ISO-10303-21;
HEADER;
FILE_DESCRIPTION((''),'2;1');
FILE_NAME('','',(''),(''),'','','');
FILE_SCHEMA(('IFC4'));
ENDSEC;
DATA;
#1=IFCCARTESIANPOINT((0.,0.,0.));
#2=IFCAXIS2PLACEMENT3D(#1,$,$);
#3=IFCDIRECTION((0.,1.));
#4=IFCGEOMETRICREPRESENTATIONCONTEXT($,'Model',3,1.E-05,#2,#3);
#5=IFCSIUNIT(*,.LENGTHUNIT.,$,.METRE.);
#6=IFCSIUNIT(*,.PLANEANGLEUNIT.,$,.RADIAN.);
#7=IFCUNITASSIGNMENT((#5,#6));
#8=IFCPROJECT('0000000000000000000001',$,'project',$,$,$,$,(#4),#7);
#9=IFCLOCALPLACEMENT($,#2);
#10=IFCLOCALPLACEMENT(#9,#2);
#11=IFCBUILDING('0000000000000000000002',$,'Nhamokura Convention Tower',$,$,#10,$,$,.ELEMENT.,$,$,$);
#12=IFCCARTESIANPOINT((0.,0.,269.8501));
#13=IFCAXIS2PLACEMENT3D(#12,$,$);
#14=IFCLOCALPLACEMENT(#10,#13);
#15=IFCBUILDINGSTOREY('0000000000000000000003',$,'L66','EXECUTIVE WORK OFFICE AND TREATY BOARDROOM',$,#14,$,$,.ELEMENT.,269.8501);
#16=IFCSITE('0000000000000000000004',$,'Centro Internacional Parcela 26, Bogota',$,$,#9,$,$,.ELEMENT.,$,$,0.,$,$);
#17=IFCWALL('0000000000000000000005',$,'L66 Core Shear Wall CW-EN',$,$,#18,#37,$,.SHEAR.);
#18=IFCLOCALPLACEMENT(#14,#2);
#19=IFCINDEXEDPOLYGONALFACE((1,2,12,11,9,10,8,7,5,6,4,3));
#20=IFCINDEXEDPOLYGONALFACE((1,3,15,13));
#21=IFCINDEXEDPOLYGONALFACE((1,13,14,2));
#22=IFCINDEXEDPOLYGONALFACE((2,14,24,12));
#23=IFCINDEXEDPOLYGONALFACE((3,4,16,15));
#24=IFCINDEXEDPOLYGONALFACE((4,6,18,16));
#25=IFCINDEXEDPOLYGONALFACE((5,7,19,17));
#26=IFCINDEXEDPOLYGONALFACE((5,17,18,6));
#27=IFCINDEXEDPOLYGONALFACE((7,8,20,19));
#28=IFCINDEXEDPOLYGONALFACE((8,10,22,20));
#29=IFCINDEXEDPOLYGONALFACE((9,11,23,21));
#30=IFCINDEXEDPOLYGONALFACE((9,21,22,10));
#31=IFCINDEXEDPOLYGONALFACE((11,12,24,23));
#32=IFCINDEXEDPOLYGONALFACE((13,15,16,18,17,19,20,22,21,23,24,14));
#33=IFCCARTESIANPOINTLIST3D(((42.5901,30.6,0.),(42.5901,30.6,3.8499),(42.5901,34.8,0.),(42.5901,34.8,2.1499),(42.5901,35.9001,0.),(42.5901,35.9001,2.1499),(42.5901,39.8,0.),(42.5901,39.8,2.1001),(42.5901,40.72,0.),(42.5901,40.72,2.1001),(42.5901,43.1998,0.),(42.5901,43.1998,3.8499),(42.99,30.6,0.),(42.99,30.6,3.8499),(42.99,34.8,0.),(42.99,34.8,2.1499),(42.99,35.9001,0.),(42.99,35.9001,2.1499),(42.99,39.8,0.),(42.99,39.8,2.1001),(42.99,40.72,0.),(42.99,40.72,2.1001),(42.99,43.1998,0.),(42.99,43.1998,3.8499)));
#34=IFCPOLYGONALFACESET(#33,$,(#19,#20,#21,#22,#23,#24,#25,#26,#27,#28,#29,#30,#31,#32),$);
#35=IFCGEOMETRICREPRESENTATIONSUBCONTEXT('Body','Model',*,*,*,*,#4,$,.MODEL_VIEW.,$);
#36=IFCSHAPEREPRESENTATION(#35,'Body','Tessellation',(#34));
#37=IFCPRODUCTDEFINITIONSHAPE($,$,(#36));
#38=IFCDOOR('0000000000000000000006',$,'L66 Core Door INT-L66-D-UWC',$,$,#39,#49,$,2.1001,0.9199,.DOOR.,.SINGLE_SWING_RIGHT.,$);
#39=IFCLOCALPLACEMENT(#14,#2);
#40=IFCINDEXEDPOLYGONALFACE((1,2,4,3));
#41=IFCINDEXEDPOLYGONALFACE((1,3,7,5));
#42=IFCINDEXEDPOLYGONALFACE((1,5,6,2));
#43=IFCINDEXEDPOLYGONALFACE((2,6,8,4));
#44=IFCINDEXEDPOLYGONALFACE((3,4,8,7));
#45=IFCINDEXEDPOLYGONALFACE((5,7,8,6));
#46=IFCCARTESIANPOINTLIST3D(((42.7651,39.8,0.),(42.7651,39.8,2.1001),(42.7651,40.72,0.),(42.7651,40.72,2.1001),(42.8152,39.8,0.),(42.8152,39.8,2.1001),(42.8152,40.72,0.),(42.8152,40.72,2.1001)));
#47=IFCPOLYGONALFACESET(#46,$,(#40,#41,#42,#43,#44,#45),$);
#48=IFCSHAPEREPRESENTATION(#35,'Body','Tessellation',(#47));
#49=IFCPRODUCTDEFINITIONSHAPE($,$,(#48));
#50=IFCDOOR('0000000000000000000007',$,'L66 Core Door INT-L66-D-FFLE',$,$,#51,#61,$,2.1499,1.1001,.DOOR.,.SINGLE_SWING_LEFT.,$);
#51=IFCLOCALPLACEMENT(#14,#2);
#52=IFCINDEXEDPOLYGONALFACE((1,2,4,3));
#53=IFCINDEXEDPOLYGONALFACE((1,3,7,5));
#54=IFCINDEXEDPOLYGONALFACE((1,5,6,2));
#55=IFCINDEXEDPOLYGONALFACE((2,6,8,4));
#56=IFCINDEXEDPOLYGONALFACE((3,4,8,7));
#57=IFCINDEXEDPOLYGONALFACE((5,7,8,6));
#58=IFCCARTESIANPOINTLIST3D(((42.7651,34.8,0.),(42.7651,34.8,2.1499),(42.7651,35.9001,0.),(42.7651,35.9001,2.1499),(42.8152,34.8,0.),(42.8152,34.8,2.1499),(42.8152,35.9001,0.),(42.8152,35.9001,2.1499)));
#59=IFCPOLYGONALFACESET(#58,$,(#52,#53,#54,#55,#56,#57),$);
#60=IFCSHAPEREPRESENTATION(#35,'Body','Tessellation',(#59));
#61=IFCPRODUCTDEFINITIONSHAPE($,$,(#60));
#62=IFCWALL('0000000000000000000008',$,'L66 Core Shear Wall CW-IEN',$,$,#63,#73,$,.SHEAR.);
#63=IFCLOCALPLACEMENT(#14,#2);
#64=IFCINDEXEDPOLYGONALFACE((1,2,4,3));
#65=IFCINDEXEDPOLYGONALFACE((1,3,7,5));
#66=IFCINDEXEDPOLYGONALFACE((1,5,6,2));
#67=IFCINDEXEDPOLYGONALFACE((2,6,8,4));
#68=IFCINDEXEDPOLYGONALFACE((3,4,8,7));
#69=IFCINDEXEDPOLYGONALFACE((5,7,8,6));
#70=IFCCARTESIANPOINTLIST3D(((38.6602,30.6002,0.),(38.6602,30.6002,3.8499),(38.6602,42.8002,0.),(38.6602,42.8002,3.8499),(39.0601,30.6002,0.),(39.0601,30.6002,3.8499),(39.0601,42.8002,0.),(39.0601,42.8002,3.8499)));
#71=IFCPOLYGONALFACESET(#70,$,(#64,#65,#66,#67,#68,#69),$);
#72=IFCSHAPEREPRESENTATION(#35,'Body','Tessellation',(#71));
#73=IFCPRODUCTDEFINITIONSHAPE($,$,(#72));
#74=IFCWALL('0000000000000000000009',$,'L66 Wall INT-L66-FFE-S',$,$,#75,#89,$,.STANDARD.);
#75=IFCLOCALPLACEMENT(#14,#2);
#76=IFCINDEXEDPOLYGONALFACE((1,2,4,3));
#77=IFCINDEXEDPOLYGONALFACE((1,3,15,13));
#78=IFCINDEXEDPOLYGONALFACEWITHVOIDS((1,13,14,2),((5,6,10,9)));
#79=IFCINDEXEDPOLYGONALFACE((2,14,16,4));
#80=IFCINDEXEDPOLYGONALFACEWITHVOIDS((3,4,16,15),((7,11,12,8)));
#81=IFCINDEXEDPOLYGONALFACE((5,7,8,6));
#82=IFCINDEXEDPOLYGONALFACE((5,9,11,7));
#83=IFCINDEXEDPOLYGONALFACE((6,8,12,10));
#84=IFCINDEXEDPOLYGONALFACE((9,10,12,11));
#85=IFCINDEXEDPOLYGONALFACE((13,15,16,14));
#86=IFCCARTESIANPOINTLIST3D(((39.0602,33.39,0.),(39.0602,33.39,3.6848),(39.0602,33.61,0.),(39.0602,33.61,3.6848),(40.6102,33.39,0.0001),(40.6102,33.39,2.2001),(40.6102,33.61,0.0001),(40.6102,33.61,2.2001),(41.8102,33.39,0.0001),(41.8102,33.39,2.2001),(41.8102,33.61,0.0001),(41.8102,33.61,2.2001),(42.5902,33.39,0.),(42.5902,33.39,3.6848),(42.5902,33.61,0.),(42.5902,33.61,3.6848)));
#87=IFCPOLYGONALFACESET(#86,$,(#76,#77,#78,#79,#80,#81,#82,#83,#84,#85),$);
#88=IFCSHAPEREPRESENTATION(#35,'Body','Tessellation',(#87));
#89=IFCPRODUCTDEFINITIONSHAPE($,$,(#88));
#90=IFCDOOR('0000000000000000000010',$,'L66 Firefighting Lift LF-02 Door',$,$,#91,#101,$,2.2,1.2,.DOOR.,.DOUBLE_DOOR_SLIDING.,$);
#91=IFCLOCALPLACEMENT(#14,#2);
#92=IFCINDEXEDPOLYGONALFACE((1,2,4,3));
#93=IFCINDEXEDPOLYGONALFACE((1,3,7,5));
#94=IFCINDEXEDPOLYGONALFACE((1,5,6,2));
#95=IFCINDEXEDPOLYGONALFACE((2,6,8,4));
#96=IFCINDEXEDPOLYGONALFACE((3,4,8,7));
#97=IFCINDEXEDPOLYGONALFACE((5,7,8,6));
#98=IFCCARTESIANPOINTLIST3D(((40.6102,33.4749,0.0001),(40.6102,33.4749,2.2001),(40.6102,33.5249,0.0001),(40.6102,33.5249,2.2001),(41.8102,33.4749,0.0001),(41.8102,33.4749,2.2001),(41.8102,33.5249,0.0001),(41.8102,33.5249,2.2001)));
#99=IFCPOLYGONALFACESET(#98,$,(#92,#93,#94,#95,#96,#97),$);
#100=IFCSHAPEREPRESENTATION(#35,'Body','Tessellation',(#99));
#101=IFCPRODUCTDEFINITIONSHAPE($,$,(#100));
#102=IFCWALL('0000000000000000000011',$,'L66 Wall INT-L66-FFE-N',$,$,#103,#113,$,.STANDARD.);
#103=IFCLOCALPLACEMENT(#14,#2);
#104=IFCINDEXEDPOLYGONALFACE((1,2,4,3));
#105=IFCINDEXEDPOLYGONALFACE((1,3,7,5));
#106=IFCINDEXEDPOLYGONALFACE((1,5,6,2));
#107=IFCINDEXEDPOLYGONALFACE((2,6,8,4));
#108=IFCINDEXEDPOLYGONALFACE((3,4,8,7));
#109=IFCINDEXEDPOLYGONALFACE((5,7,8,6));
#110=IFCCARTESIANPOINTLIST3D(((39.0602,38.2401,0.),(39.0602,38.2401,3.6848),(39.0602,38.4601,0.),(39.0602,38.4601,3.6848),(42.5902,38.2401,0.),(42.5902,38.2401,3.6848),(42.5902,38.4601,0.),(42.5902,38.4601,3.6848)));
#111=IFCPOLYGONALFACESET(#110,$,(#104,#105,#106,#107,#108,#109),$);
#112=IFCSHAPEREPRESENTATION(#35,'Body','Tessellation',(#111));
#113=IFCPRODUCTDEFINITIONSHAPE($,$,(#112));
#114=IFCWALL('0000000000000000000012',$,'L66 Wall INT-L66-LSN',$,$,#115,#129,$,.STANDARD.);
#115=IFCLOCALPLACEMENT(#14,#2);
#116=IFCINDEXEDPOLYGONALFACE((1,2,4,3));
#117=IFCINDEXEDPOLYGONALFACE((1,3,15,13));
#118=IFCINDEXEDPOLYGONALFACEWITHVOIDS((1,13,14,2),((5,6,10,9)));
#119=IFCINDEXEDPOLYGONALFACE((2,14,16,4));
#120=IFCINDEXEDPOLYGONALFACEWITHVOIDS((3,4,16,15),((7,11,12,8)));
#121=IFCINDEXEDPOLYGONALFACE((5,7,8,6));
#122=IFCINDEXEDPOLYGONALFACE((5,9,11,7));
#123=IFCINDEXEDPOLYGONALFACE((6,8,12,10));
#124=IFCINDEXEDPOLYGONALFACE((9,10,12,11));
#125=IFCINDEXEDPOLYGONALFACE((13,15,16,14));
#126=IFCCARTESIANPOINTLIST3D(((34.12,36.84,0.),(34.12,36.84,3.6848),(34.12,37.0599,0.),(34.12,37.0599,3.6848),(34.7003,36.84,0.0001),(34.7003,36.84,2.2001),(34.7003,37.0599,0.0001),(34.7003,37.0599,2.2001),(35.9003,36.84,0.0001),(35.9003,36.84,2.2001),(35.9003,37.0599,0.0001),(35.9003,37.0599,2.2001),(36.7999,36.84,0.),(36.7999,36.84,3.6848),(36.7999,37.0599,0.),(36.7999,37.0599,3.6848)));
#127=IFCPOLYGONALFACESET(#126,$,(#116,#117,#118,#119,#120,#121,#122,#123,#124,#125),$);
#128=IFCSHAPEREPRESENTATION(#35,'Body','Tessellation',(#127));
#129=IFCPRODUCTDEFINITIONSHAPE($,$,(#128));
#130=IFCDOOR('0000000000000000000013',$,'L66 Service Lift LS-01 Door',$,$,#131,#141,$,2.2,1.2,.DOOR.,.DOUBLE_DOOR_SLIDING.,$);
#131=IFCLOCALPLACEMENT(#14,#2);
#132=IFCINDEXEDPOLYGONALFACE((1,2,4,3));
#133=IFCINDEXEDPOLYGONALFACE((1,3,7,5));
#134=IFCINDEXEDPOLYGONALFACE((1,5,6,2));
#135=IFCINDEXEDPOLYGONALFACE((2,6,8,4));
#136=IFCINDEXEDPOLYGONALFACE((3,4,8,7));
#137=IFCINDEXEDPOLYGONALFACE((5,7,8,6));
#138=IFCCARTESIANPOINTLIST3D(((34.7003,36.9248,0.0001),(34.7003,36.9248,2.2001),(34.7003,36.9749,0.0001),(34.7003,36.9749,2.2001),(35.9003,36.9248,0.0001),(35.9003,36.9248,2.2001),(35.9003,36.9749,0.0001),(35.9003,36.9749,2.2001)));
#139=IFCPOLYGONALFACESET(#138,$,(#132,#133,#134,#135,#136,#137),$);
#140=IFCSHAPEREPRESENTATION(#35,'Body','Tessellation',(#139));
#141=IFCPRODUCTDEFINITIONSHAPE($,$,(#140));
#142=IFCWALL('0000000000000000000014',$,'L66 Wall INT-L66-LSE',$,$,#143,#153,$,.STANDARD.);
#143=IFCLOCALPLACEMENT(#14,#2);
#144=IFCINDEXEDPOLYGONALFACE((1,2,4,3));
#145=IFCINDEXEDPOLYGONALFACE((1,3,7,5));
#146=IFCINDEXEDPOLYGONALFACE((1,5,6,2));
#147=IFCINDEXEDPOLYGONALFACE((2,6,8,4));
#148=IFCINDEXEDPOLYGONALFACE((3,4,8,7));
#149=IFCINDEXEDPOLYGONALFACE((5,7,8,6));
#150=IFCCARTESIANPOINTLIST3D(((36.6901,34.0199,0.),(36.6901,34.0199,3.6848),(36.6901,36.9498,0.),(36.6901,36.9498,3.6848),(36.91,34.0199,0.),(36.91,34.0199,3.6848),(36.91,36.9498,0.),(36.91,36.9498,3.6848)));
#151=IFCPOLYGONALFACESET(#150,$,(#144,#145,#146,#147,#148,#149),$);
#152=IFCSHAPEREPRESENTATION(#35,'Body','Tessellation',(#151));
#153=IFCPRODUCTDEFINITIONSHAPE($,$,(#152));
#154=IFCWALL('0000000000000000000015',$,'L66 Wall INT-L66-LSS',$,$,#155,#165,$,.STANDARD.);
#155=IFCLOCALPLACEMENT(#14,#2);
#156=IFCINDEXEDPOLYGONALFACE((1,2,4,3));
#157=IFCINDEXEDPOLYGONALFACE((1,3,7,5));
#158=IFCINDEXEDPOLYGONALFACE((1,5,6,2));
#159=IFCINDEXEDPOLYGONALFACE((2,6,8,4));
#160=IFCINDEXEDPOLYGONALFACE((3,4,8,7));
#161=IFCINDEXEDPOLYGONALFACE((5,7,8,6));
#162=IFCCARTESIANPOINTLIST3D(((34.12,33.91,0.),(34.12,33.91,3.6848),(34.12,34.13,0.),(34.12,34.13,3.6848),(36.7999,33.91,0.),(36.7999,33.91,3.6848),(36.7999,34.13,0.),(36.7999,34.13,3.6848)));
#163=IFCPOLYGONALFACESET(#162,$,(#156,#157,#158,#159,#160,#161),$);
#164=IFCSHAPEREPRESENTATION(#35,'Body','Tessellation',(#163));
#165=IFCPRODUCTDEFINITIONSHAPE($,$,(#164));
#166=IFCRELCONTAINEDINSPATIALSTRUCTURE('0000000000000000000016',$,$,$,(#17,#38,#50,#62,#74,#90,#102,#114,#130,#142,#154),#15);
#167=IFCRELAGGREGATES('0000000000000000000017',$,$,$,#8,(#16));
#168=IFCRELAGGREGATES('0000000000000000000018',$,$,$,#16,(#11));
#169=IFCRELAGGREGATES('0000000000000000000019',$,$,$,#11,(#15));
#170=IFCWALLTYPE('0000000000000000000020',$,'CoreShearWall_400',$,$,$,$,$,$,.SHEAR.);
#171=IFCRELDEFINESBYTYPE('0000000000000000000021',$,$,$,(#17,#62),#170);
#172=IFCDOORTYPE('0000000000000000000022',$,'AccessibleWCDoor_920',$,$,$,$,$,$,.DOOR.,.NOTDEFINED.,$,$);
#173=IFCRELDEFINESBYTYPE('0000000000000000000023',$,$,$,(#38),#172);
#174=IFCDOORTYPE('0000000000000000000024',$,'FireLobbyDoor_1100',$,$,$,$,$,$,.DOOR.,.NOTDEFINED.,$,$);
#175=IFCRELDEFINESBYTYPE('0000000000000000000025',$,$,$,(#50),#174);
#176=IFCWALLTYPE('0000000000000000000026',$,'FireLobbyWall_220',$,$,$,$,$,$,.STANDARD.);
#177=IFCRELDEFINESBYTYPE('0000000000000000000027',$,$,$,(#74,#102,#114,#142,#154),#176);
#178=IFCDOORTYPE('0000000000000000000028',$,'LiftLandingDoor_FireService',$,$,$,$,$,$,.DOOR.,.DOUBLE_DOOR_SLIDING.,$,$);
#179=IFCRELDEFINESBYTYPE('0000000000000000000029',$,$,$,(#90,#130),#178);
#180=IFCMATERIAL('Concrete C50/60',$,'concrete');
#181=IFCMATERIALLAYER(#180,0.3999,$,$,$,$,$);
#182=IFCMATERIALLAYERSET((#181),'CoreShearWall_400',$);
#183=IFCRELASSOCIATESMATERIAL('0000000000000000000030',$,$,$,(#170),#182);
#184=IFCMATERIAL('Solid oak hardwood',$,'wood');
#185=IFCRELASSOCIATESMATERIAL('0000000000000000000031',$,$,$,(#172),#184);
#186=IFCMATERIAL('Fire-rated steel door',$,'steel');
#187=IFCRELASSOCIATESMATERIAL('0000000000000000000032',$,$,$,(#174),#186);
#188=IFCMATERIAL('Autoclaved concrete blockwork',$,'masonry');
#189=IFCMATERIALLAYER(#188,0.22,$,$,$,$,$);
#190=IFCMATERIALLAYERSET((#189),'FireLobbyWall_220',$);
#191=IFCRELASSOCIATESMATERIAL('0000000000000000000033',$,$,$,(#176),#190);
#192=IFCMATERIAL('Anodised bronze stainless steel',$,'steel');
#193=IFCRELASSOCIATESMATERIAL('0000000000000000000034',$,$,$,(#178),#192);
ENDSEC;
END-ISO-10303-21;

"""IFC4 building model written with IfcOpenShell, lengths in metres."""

from ifc_helpers import new_model, si_unit, direction, frame, frame_2d, origin, place, context, subcontext, project, spatial, rectangle, extrude, material, layer, layer_set, type_object, element, fill, save


model = new_model("IFC4")

# Units and contexts
model_context = context("Model", 3, precision=1e-05, world=origin(), true_north=direction((0.0, 1.0)))
body_context = subcontext(model_context, "Body", "Model", "MODEL_VIEW")
ifc_project = project(units=[si_unit("LENGTHUNIT", "METRE"), si_unit("PLANEANGLEUNIT", "RADIAN")], contexts=[model_context])

# Site, building, storey
site_placement = place(None, origin())
site = spatial("IfcSite", under=ifc_project, at=site_placement, Name="Centro Internacional Parcela 26, Bogota", CompositionType="ELEMENT", RefElevation=0.0)
building_placement = place(site_placement, origin())
building = spatial("IfcBuilding", under=site, at=building_placement, Name="Nhamokura Convention Tower", CompositionType="ELEMENT")
storey_placement = place(building_placement, frame((0.0, 0.0, 269.8501)))
storey = spatial("IfcBuildingStorey", under=building, at=storey_placement, Name="L66", Description="EXECUTIVE WORK OFFICE AND TREATY BOARDROOM", CompositionType="ELEMENT", Elevation=269.8501)

# Wall, openings, doors
ifc_material_1 = material(Name="Concrete C50/60", Category="concrete")
ifc_layer_1 = layer(ifc_material_1, 0.3999)
ifc_layer_set_1 = layer_set([ifc_layer_1], Name="CoreShearWall_400")
wall_type_1 = type_object("IfcWallType", Name="CoreShearWall_400", PredefinedType="SHEAR", material=ifc_layer_set_1)
wall_1_placement = place(storey_placement, frame((42.79, 30.6001, 0.0), z_axis=(0.0, 0.0, 1.0), x_axis=(0.0, 1.0, 0.0)))
wall_1 = element("IfcWall", 1, at=wall_1_placement, inside=storey, type_object=wall_type_1, Name="L66 Core Shear Wall CW-EN", PredefinedType="SHEAR", context=body_context, shape_type="SweptSolid", body=[
    extrude(rectangle(XDim=12.5999, YDim=0.3999, at=frame_2d((6.2998, 0.0))), origin(), (0.0, 0.0, 1.0), 3.8499),
])
opening_1_placement = place(wall_1_placement, frame((4.2, 0.0, 0.0)))
opening_1 = element("IfcOpeningElement", 2, at=opening_1_placement, cuts=wall_1, PredefinedType="OPENING", context=body_context, shape_type="SweptSolid", body=[
    extrude(rectangle(XDim=1.1001, YDim=2.1499, at=frame_2d((0.55, 1.075))), frame((0.0, 0.21, 0.0), z_axis=(0.0, -1.0, 0.0), x_axis=(1.0, 0.0, 0.0)), (0.0, 0.0, 1.0), 0.4199),
])
opening_2_placement = place(wall_1_placement, frame((9.2, 0.0, 0.0)))
opening_2 = element("IfcOpeningElement", 3, at=opening_2_placement, cuts=wall_1, PredefinedType="OPENING", context=body_context, shape_type="SweptSolid", body=[
    extrude(rectangle(XDim=0.9199, YDim=2.1001, at=frame_2d((0.46, 1.05))), frame((0.0, 0.21, 0.0), z_axis=(0.0, -1.0, 0.0), x_axis=(1.0, 0.0, 0.0)), (0.0, 0.0, 1.0), 0.4199),
])
ifc_material_2 = material(Name="Solid oak hardwood", Category="wood")
door_type_1 = type_object("IfcDoorType", Name="AccessibleWCDoor_920", OperationType="NOTDEFINED", PredefinedType="DOOR", material=ifc_material_2)
door_1_placement = place(opening_2_placement, origin())
door_1 = element("IfcDoor", 4, at=door_1_placement, inside=storey, type_object=door_type_1, Name="L66 Core Door INT-L66-D-UWC", OperationType="SINGLE_SWING_RIGHT", OverallHeight=2.1001, OverallWidth=0.9199, PredefinedType="DOOR", context=body_context, shape_type="SweptSolid", body=[
    extrude(rectangle(XDim=0.9199, YDim=2.1001, at=frame_2d((0.46, 1.05))), frame((0.0, 0.0249, 0.0), z_axis=(0.0, -1.0, 0.0), x_axis=(1.0, 0.0, 0.0)), (0.0, 0.0, 1.0), 0.05),
])
fill(opening_2, door_1)
ifc_material_3 = material(Name="Fire-rated steel door", Category="steel")
door_type_2 = type_object("IfcDoorType", Name="FireLobbyDoor_1100", OperationType="NOTDEFINED", PredefinedType="DOOR", material=ifc_material_3)
door_2_placement = place(opening_1_placement, origin())
door_2 = element("IfcDoor", 5, at=door_2_placement, inside=storey, type_object=door_type_2, Name="L66 Core Door INT-L66-D-FFLE", OperationType="SINGLE_SWING_LEFT", OverallHeight=2.1499, OverallWidth=1.1001, PredefinedType="DOOR", context=body_context, shape_type="SweptSolid", body=[
    extrude(rectangle(XDim=1.1001, YDim=2.1499, at=frame_2d((0.55, 1.075))), frame((0.0, 0.0249, 0.0), z_axis=(0.0, -1.0, 0.0), x_axis=(1.0, 0.0, 0.0)), (0.0, 0.0, 1.0), 0.05),
])
fill(opening_1, door_2)

# Wall
wall_2_placement = place(storey_placement, frame((38.8601, 30.6001, 0.0), z_axis=(0.0, 0.0, 1.0), x_axis=(0.0, 1.0, 0.0)))
element("IfcWall", 6, at=wall_2_placement, inside=storey, type_object=wall_type_1, Name="L66 Core Shear Wall CW-IEN", PredefinedType="SHEAR", context=body_context, shape_type="SweptSolid", body=[
    extrude(rectangle(XDim=12.2, YDim=0.3999, at=frame_2d((6.1001, 0.0))), origin(), (0.0, 0.0, 1.0), 3.8499),
])

# Wall, opening, door
ifc_material_4 = material(Name="Autoclaved concrete blockwork", Category="masonry")
ifc_layer_2 = layer(ifc_material_4, 0.22)
ifc_layer_set_2 = layer_set([ifc_layer_2], Name="FireLobbyWall_220")
wall_type_2 = type_object("IfcWallType", Name="FireLobbyWall_220", PredefinedType="STANDARD", material=ifc_layer_set_2)
wall_3_placement = place(storey_placement, frame((39.0601, 33.5, 0.0), z_axis=(0.0, 0.0, 1.0), x_axis=(1.0, 0.0, 0.0)))
wall_3 = element("IfcWall", 7, at=wall_3_placement, inside=storey, type_object=wall_type_2, Name="L66 Wall INT-L66-FFE-S", PredefinedType="STANDARD", context=body_context, shape_type="SweptSolid", body=[
    extrude(rectangle(XDim=3.53, YDim=0.22, at=frame_2d((1.7651, 0.0))), origin(), (0.0, 0.0, 1.0), 3.6848),
])
opening_3_placement = place(wall_3_placement, frame((1.55, 0.0, 0.0)))
opening_3 = element("IfcOpeningElement", 8, at=opening_3_placement, cuts=wall_3, PredefinedType="OPENING", context=body_context, shape_type="SweptSolid", body=[
    extrude(rectangle(XDim=1.2, YDim=2.2, at=frame_2d((0.6001, 1.1001))), frame((0.0, 0.1199, 0.0), z_axis=(0.0, -1.0, 0.0), x_axis=(1.0, 0.0, 0.0)), (0.0, 0.0, 1.0), 0.24),
])
ifc_material_5 = material(Name="Anodised bronze stainless steel", Category="steel")
door_type_3 = type_object("IfcDoorType", Name="LiftLandingDoor_FireService", OperationType="DOUBLE_DOOR_SLIDING", PredefinedType="DOOR", material=ifc_material_5)
door_3_placement = place(opening_3_placement, origin())
door_3 = element("IfcDoor", 9, at=door_3_placement, inside=storey, type_object=door_type_3, Name="L66 Firefighting Lift LF-02 Door", OperationType="DOUBLE_DOOR_SLIDING", OverallHeight=2.2, OverallWidth=1.2, PredefinedType="DOOR", context=body_context, shape_type="SweptSolid", body=[
    extrude(rectangle(XDim=1.2, YDim=2.2, at=frame_2d((0.6001, 1.1001))), frame((0.0, 0.0249, 0.0), z_axis=(0.0, -1.0, 0.0), x_axis=(1.0, 0.0, 0.0)), (0.0, 0.0, 1.0), 0.05),
])
fill(opening_3, door_3)

# Wall
wall_4_placement = place(storey_placement, frame((39.0601, 38.3501, 0.0), z_axis=(0.0, 0.0, 1.0), x_axis=(1.0, 0.0, 0.0)))
element("IfcWall", 10, at=wall_4_placement, inside=storey, type_object=wall_type_2, Name="L66 Wall INT-L66-FFE-N", PredefinedType="STANDARD", context=body_context, shape_type="SweptSolid", body=[
    extrude(rectangle(XDim=3.53, YDim=0.22, at=frame_2d((1.7651, 0.0))), origin(), (0.0, 0.0, 1.0), 3.6848),
])

# Wall, opening, door
wall_5_placement = place(storey_placement, frame((34.1201, 36.95, 0.0), z_axis=(0.0, 0.0, 1.0), x_axis=(1.0, 0.0, 0.0)))
wall_5 = element("IfcWall", 11, at=wall_5_placement, inside=storey, type_object=wall_type_2, Name="L66 Wall INT-L66-LSN", PredefinedType="STANDARD", context=body_context, shape_type="SweptSolid", body=[
    extrude(rectangle(XDim=2.6799, YDim=0.22, at=frame_2d((1.3398, 0.0))), origin(), (0.0, 0.0, 1.0), 3.6848),
])
opening_4_placement = place(wall_5_placement, frame((0.5801, 0.0, 0.0)))
opening_4 = element("IfcOpeningElement", 12, at=opening_4_placement, cuts=wall_5, PredefinedType="OPENING", context=body_context, shape_type="SweptSolid", body=[
    extrude(rectangle(XDim=1.2, YDim=2.2, at=frame_2d((0.6001, 1.1001))), frame((0.0, 0.1199, 0.0), z_axis=(0.0, -1.0, 0.0), x_axis=(1.0, 0.0, 0.0)), (0.0, 0.0, 1.0), 0.24),
])
door_4_placement = place(opening_4_placement, origin())
door_4 = element("IfcDoor", 13, at=door_4_placement, inside=storey, type_object=door_type_3, Name="L66 Service Lift LS-01 Door", OperationType="DOUBLE_DOOR_SLIDING", OverallHeight=2.2, OverallWidth=1.2, PredefinedType="DOOR", context=body_context, shape_type="SweptSolid", body=[
    extrude(rectangle(XDim=1.2, YDim=2.2, at=frame_2d((0.6001, 1.1001))), frame((0.0, 0.0249, 0.0), z_axis=(0.0, -1.0, 0.0), x_axis=(1.0, 0.0, 0.0)), (0.0, 0.0, 1.0), 0.05),
])
fill(opening_4, door_4)

# Walls
wall_6_placement = place(storey_placement, frame((36.8, 34.02, 0.0), z_axis=(0.0, 0.0, 1.0), x_axis=(0.0, 1.0, 0.0)))
element("IfcWall", 14, at=wall_6_placement, inside=storey, type_object=wall_type_2, Name="L66 Wall INT-L66-LSE", PredefinedType="STANDARD", context=body_context, shape_type="SweptSolid", body=[
    extrude(rectangle(XDim=2.9299, YDim=0.22, at=frame_2d((1.4648, 0.0))), origin(), (0.0, 0.0, 1.0), 3.6848),
])
wall_7_placement = place(storey_placement, frame((34.1201, 34.02, 0.0), z_axis=(0.0, 0.0, 1.0), x_axis=(1.0, 0.0, 0.0)))
element("IfcWall", 15, at=wall_7_placement, inside=storey, type_object=wall_type_2, Name="L66 Wall INT-L66-LSS", PredefinedType="STANDARD", context=body_context, shape_type="SweptSolid", body=[
    extrude(rectangle(XDim=2.6799, YDim=0.22, at=frame_2d((1.3398, 0.0))), origin(), (0.0, 0.0, 1.0), 3.6848),
])

save(model, "model.ifc")
